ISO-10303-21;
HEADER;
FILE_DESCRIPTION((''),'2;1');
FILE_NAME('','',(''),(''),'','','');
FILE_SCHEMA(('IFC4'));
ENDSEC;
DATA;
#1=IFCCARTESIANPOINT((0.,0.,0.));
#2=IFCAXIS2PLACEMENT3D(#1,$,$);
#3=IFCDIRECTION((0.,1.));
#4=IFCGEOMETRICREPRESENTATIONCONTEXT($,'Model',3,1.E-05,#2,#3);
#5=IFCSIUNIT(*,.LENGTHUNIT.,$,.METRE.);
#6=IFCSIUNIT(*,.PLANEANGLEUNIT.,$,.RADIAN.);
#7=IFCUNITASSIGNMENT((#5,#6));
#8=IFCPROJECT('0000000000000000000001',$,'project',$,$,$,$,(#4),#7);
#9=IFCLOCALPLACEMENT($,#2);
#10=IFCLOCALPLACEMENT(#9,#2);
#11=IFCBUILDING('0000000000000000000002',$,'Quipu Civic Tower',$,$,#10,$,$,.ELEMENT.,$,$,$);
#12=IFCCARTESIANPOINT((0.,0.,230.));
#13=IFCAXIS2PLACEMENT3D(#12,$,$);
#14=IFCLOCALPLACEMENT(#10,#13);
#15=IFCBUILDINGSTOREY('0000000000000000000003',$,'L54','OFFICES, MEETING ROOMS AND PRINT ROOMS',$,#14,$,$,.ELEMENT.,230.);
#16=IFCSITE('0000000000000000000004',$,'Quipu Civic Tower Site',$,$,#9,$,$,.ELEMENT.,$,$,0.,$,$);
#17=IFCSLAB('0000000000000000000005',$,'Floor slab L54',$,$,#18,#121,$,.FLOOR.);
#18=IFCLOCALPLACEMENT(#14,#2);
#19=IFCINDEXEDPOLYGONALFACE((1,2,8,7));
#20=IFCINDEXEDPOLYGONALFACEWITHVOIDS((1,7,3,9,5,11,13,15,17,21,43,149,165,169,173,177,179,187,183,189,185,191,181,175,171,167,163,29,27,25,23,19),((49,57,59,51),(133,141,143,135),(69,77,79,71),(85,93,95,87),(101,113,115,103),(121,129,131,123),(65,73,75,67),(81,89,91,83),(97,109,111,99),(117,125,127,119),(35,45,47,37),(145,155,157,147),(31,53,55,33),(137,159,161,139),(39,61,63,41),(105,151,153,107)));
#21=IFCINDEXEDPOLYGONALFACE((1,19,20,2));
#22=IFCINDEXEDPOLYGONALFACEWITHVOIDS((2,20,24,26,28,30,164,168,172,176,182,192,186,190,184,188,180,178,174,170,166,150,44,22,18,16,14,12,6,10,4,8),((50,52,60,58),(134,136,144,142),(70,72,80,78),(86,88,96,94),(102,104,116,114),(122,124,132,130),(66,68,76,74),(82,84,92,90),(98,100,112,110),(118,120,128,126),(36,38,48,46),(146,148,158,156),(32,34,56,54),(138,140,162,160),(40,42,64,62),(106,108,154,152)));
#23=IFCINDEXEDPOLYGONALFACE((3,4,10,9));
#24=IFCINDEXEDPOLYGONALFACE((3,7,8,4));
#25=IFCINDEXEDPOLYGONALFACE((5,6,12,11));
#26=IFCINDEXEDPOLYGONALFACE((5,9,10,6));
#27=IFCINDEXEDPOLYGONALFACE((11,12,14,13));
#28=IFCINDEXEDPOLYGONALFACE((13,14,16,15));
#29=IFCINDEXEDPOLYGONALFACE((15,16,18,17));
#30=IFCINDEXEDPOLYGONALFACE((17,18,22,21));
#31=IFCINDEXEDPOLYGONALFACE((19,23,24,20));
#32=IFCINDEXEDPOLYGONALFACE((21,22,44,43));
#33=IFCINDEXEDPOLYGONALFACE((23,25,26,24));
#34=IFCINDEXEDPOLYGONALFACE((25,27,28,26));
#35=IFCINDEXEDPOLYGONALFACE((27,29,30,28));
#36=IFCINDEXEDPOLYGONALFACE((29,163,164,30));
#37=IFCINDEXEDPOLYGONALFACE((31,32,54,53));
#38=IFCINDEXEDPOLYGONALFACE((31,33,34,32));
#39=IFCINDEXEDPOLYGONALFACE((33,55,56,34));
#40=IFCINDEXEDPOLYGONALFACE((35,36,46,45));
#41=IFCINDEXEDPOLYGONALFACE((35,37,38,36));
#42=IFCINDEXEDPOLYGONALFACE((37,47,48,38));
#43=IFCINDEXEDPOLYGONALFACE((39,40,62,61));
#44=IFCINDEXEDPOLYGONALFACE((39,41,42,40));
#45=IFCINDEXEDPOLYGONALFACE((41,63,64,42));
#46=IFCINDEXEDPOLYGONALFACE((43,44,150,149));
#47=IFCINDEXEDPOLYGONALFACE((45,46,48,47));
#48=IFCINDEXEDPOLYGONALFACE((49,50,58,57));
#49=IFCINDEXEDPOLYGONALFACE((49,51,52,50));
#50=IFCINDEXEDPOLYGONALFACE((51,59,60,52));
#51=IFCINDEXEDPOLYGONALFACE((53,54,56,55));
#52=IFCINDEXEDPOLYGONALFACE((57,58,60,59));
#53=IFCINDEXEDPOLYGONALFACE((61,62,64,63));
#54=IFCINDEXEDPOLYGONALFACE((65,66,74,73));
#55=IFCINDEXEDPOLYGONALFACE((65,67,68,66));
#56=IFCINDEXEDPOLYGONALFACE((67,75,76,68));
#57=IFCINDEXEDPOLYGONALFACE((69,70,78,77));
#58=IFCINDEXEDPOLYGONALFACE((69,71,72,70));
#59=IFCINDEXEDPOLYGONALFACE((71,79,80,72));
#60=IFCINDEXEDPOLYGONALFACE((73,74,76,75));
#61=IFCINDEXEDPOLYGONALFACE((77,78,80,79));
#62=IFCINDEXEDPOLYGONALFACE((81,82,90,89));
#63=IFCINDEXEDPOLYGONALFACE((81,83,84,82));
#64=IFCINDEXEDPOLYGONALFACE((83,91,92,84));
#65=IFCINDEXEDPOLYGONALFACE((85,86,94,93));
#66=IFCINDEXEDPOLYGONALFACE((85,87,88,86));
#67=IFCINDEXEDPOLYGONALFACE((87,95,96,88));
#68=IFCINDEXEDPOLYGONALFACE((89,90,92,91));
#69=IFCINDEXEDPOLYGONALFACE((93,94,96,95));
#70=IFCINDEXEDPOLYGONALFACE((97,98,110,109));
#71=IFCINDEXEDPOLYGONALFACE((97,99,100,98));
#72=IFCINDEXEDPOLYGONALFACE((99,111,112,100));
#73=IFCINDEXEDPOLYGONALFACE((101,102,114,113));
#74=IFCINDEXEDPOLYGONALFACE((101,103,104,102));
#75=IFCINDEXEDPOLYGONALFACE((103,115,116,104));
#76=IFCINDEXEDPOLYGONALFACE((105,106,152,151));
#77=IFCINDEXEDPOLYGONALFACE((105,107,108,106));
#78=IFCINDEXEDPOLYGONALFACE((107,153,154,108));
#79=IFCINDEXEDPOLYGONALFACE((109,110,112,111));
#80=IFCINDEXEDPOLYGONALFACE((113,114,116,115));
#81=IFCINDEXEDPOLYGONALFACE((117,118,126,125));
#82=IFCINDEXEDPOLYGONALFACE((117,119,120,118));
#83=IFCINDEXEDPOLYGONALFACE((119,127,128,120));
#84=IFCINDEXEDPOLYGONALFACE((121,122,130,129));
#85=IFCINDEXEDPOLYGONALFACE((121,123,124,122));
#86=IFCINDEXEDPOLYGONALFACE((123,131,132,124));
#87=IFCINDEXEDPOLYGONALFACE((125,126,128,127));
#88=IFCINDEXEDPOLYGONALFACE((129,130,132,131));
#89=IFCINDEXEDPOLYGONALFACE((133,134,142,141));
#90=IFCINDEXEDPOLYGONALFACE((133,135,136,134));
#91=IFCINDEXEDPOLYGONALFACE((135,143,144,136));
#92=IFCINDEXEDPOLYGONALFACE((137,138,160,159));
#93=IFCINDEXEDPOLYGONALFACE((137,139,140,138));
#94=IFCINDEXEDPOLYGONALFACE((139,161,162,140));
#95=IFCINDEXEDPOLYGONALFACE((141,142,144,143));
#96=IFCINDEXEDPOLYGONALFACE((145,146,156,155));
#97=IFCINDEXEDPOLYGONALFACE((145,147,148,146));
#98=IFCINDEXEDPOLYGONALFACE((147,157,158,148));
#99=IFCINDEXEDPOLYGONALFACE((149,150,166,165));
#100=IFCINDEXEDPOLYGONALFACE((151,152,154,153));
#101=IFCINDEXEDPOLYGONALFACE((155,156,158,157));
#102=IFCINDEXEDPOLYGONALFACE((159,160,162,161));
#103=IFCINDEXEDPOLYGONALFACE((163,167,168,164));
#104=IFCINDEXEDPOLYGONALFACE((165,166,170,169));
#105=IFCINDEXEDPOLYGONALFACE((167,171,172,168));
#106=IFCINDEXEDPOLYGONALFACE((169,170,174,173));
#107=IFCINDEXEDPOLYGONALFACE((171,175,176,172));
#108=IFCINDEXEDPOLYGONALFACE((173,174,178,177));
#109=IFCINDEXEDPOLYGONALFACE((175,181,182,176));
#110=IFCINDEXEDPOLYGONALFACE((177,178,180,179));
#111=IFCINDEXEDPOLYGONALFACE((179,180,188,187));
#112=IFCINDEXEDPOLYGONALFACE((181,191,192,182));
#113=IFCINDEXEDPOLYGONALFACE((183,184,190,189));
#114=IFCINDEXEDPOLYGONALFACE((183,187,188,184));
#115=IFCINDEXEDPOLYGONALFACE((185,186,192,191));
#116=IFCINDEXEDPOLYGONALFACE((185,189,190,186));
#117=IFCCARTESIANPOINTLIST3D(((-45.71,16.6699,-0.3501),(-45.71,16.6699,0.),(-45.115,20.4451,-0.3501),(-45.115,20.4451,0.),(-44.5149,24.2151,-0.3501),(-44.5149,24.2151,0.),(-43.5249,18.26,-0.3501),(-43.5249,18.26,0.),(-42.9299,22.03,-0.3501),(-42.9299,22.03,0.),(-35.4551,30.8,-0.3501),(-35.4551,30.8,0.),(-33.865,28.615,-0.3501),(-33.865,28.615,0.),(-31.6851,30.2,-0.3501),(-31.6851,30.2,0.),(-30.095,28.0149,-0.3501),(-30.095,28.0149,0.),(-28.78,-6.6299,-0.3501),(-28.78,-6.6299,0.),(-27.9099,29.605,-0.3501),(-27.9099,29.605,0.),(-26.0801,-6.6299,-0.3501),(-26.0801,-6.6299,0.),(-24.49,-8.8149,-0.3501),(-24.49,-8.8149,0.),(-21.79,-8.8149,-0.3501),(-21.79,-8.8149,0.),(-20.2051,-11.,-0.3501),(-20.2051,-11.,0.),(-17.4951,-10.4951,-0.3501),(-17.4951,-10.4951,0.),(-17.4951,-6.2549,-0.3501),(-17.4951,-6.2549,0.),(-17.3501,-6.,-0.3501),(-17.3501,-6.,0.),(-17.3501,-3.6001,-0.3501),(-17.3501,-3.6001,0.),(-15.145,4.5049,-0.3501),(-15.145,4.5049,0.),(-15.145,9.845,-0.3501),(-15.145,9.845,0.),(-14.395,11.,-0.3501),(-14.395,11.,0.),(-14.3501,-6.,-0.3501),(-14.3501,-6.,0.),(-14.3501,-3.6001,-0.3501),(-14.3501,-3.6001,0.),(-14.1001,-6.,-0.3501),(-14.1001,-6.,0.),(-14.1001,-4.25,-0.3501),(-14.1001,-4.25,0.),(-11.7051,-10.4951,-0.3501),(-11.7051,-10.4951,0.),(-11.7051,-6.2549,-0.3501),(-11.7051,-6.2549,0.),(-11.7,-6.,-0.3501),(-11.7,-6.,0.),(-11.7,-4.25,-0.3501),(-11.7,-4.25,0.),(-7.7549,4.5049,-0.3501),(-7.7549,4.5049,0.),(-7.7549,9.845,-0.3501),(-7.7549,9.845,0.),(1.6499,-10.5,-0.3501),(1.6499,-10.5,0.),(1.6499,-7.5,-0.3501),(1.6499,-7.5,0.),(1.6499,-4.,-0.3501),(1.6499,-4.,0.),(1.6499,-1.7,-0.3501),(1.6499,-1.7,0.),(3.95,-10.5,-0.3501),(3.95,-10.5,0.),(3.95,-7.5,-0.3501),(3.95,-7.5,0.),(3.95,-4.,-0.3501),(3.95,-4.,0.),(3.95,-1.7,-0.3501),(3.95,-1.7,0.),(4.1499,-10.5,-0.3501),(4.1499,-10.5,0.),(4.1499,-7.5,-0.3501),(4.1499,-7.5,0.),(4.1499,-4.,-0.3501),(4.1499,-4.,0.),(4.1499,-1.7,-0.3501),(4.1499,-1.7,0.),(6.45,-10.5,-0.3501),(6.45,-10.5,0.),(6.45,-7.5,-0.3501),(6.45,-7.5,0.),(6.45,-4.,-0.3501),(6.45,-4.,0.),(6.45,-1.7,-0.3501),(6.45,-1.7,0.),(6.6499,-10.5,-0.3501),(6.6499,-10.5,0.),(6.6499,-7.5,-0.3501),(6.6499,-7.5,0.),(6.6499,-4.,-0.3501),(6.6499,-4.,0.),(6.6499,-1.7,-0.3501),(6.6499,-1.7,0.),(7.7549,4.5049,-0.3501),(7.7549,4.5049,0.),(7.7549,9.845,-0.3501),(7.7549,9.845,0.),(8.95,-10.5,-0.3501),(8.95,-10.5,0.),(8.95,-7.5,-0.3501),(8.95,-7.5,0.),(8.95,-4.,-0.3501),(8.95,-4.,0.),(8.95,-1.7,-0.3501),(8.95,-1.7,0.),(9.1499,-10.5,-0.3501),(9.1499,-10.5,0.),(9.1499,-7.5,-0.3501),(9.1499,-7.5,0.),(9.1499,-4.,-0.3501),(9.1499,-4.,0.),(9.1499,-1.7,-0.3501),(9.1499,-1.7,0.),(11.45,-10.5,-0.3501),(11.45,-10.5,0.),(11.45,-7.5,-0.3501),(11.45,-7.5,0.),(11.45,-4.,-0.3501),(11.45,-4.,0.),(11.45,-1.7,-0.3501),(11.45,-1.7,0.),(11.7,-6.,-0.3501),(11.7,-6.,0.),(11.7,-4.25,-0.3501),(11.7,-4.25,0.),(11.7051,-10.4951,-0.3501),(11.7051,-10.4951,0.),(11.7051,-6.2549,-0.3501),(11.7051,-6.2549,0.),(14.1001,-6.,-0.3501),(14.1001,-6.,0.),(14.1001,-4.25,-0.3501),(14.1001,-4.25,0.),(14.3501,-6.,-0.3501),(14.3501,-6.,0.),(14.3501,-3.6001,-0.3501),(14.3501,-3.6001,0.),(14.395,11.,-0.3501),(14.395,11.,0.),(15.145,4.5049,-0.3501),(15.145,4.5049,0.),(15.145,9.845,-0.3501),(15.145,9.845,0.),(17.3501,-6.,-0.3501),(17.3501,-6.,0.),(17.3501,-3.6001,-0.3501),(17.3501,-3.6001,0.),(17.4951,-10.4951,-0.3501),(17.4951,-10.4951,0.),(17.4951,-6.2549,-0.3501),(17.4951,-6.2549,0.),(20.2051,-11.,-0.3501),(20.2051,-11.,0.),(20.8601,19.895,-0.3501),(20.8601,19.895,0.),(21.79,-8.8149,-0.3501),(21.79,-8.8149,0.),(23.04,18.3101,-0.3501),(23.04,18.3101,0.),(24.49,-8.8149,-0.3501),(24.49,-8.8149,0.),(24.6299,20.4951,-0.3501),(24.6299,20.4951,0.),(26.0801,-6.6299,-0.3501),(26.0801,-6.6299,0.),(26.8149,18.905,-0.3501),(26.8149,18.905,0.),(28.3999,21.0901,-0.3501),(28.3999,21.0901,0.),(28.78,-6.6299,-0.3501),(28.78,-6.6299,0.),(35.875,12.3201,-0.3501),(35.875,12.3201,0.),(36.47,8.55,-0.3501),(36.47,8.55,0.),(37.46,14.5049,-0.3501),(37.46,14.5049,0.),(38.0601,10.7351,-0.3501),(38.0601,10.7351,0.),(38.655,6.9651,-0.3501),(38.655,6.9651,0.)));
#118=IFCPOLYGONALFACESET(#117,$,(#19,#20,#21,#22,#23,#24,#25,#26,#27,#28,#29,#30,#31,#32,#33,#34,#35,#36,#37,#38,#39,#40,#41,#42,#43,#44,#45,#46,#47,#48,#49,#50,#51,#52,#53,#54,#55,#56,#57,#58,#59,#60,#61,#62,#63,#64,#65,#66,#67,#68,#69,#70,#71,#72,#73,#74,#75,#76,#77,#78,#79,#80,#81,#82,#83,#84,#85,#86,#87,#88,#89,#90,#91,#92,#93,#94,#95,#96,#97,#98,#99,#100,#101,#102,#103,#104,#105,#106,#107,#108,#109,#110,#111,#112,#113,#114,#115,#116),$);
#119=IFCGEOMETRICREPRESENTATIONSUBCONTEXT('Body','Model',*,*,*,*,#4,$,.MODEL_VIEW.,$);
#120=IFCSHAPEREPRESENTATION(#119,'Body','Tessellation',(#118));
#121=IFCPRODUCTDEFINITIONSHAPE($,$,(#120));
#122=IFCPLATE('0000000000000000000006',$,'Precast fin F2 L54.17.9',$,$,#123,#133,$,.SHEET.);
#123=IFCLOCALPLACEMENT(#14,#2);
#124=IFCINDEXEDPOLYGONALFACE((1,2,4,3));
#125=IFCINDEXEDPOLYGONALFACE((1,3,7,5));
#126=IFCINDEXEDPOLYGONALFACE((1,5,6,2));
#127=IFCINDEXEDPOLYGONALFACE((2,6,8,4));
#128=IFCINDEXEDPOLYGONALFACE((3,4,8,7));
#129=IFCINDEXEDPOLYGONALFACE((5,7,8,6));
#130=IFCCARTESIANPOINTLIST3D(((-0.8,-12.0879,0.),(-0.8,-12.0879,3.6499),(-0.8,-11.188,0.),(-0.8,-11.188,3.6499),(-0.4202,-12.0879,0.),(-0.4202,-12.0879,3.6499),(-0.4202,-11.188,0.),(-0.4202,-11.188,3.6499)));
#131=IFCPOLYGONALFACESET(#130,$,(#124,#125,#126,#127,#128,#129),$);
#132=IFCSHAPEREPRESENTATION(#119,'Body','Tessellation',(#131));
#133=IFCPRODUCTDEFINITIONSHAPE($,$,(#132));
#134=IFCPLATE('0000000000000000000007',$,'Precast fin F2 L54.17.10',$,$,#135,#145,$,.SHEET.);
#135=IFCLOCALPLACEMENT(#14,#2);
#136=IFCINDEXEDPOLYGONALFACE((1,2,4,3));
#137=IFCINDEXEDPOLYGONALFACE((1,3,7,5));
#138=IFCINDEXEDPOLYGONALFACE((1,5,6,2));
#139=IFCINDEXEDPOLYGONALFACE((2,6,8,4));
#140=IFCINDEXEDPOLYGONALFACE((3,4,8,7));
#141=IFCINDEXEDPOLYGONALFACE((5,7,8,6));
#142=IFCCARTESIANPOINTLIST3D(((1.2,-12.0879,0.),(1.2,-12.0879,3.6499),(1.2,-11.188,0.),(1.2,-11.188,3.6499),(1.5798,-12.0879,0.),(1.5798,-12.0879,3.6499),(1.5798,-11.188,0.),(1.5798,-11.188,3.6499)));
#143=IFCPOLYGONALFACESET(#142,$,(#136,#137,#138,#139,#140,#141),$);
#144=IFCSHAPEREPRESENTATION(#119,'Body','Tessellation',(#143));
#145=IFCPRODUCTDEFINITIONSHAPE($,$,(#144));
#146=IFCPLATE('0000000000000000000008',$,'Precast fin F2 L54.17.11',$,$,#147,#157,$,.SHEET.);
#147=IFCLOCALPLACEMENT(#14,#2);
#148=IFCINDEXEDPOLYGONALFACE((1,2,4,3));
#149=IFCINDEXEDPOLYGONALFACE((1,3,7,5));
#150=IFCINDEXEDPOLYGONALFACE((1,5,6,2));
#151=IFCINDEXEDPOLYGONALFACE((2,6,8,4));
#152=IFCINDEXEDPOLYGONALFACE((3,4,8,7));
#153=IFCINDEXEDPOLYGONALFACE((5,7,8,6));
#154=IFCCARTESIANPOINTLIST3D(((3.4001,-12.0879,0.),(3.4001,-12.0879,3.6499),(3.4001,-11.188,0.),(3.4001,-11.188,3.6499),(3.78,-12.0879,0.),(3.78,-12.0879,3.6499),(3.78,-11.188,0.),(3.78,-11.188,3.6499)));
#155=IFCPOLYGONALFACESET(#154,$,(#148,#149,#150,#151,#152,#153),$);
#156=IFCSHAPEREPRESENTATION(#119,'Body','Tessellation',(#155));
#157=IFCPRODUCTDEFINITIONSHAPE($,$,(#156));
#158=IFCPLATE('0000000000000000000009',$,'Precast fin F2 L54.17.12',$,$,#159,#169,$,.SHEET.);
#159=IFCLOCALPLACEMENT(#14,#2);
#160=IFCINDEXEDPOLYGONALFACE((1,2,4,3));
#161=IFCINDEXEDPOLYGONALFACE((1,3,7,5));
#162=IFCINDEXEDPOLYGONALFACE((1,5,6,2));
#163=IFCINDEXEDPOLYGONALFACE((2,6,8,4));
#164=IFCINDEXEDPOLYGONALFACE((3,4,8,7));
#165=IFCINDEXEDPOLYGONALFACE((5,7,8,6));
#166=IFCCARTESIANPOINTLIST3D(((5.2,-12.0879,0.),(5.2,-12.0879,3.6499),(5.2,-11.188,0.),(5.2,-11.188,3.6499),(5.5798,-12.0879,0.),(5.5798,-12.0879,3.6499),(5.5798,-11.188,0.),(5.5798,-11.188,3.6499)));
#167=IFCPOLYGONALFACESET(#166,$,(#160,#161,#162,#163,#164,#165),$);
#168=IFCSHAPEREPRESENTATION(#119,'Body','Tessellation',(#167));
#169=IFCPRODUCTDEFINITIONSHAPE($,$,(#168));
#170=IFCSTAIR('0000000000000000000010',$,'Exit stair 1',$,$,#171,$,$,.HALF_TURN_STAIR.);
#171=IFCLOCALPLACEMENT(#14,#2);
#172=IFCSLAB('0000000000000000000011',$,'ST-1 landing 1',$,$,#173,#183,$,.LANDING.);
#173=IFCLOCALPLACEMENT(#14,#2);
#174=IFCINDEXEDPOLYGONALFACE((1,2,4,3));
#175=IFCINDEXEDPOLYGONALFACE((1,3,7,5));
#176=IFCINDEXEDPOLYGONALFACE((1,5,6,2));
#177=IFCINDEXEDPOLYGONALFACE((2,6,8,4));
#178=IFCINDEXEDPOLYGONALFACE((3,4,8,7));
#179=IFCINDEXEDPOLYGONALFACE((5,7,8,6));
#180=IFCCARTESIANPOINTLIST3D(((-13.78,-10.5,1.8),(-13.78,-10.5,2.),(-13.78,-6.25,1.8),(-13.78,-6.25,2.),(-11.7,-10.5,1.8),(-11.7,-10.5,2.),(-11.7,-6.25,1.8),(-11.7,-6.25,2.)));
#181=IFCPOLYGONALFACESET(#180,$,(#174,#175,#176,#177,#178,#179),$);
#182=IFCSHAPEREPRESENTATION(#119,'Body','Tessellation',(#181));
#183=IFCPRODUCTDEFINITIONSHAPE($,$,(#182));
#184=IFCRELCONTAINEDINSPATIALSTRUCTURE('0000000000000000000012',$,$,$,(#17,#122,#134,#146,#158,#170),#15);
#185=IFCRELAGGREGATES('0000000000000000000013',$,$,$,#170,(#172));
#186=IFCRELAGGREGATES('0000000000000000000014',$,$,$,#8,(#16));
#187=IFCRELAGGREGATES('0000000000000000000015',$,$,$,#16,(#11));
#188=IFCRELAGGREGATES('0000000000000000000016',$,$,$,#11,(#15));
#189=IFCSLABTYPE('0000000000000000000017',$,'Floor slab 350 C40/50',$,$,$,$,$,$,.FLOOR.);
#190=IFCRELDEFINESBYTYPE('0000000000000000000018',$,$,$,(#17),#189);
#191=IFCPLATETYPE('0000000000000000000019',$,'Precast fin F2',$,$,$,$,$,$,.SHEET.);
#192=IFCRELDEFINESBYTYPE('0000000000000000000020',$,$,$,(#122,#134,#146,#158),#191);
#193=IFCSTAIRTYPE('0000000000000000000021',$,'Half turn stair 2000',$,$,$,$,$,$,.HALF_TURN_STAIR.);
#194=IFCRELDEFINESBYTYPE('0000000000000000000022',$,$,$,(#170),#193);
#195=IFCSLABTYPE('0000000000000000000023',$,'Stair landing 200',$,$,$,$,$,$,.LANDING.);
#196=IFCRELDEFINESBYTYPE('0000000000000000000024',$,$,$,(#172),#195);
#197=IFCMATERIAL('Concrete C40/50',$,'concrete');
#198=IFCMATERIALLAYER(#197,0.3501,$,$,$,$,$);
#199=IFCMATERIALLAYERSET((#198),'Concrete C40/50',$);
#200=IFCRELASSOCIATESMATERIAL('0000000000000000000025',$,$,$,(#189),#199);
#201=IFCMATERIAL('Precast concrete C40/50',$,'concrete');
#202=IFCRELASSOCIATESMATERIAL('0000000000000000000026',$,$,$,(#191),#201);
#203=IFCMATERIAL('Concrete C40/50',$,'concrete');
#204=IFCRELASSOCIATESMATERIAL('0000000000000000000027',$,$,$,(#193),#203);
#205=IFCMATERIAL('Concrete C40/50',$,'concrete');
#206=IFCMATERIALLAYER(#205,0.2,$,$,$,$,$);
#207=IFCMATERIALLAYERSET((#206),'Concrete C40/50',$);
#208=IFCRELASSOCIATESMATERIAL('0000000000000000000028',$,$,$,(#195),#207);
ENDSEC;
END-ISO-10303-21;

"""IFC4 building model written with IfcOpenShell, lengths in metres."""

from ifc_helpers import new_model, si_unit, direction, frame, origin, origin_2d, place, context, subcontext, project, spatial, polyline, rectangle, outline, extrude, material, layer, layer_set, type_object, element, aggregate, save


model = new_model("IFC4")

# Units and contexts
model_context = context("Model", 3, precision=1e-05, world=origin(), true_north=direction((0.0, 1.0)))
body_context = subcontext(model_context, "Body", "Model", "MODEL_VIEW")
ifc_project = project(units=[si_unit("LENGTHUNIT", "METRE"), si_unit("PLANEANGLEUNIT", "RADIAN")], contexts=[model_context])

# Site, building, storey
site_placement = place(None, origin())
site = spatial("IfcSite", under=ifc_project, at=site_placement, Name="Quipu Civic Tower Site", CompositionType="ELEMENT", RefElevation=0.0)
building_placement = place(site_placement, origin())
building = spatial("IfcBuilding", under=site, at=building_placement, Name="Quipu Civic Tower", CompositionType="ELEMENT")
storey_placement = place(building_placement, frame((0.0, 0.0, 230.0)))
storey = spatial("IfcBuildingStorey", under=building, at=storey_placement, Name="L54", Description="OFFICES, MEETING ROOMS AND PRINT ROOMS", CompositionType="ELEMENT", Elevation=230.0)

# Slab
ifc_material_1 = material(Name="Concrete C40/50", Category="concrete")
ifc_layer_1 = layer(ifc_material_1, 0.3501)
ifc_layer_set_1 = layer_set([ifc_layer_1], Name="Concrete C40/50")
slab_type_1 = type_object("IfcSlabType", Name="Floor slab 350 C40/50", PredefinedType="FLOOR", material=ifc_layer_set_1)
slab_1_placement = place(storey_placement, frame((0.0, 0.0, -0.3501)))
element("IfcSlab", 1, at=slab_1_placement, inside=storey, type_object=slab_type_1, Name="Floor slab L54", PredefinedType="FLOOR", context=body_context, shape_type="SweptSolid", body=[
    extrude(outline(polyline([(20.8601, 19.895), (23.04, 18.3101), (24.6299, 20.4951), (26.8149, 18.905), (28.3999, 21.0901), (37.46, 14.5049), (35.875, 12.3201), (38.0601, 10.7351), (36.47, 8.55), (38.655, 6.9651), (28.78, -6.6299), (26.0801, -6.6299), (24.49, -8.8149), (21.79, -8.8149), (20.2051, -11.0), (-20.2051, -11.0), (-21.79, -8.8149), (-24.49, -8.8149), (-26.0801, -6.6299), (-28.78, -6.6299), (-45.71, 16.6699), (-43.5249, 18.26), (-45.115, 20.4451), (-42.9299, 22.03), (-44.5149, 24.2151), (-35.4551, 30.8), (-33.865, 28.615), (-31.6851, 30.2), (-30.095, 28.0149), (-27.9099, 29.605), (-14.395, 11.0), (14.395, 11.0), (20.8601, 19.895)]), holes=[polyline([(1.6499, -7.5), (1.6499, -10.5), (3.95, -10.5), (3.95, -7.5), (1.6499, -7.5)]), polyline([(4.1499, -7.5), (4.1499, -10.5), (6.45, -10.5), (6.45, -7.5), (4.1499, -7.5)]), polyline([(-11.7051, -6.2549), (-17.4951, -6.2549), (-17.4951, -10.4951), (-11.7051, -10.4951), (-11.7051, -6.2549)]), polyline([(-14.1001, -4.25), (-14.1001, -6.0), (-11.7, -6.0), (-11.7, -4.25), (-14.1001, -4.25)]), polyline([(-17.3501, -3.6001), (-17.3501, -6.0), (-14.3501, -6.0), (-14.3501, -3.6001), (-17.3501, -3.6001)]), polyline([(1.6499, -1.7), (1.6499, -4.0), (3.95, -4.0), (3.95, -1.7), (1.6499, -1.7)]), polyline([(4.1499, -1.7), (4.1499, -4.0), (6.45, -4.0), (6.45, -1.7), (4.1499, -1.7)]), polyline([(-7.7549, 9.845), (-15.145, 9.845), (-15.145, 4.5049), (-7.7549, 4.5049), (-7.7549, 9.845)]), polyline([(6.6499, -7.5), (6.6499, -10.5), (8.95, -10.5), (8.95, -7.5), (6.6499, -7.5)]), polyline([(9.1499, -7.5), (9.1499, -10.5), (11.45, -10.5), (11.45, -7.5), (9.1499, -7.5)]), polyline([(11.7051, -10.4951), (17.4951, -10.4951), (17.4951, -6.2549), (11.7051, -6.2549), (11.7051, -10.4951)]), polyline([(11.7, -4.25), (11.7, -6.0), (14.1001, -6.0), (14.1001, -4.25), (11.7, -4.25)]), polyline([(14.3501, -3.6001), (14.3501, -6.0), (17.3501, -6.0), (17.3501, -3.6001), (14.3501, -3.6001)]), polyline([(6.6499, -1.7), (6.6499, -4.0), (8.95, -4.0), (8.95, -1.7), (6.6499, -1.7)]), polyline([(9.1499, -1.7), (9.1499, -4.0), (11.45, -4.0), (11.45, -1.7), (9.1499, -1.7)]), polyline([(7.7549, 4.5049), (15.145, 4.5049), (15.145, 9.845), (7.7549, 9.845), (7.7549, 4.5049)])]), origin(), (0.0, 0.0, 1.0), 0.3501),
])

# Plates
ifc_material_2 = material(Name="Precast concrete C40/50", Category="concrete")
plate_type = type_object("IfcPlateType", Name="Precast fin F2", PredefinedType="SHEET", material=ifc_material_2)
for number, where, z_axis, x_axis, name in (
    (2, (-0.6101, -11.6379, 0.0), (0.0, 0.0, 1.0), (1.0, 0.0, 0.0), "Precast fin F2 L54.17.9"),
    (3, (1.3899, -11.6379, 0.0), (0.0, 0.0, 1.0), (1.0, 0.0, 0.0), "Precast fin F2 L54.17.10"),
    (4, (3.5901, -11.6379, 0.0), (0.0, 0.0, 1.0), (1.0, 0.0, 0.0), "Precast fin F2 L54.17.11"),
    (5, (5.3899, -11.6379, 0.0), (0.0, 0.0, 1.0), (1.0, 0.0, 0.0), "Precast fin F2 L54.17.12"),
):
    element("IfcPlate", number, at=place(storey_placement, frame(where, z_axis=z_axis, x_axis=x_axis)), inside=storey, type_object=plate_type, Name=name, PredefinedType="SHEET", context=body_context, shape_type="SweptSolid", body=[
        extrude(rectangle(XDim=0.3799, YDim=0.8999, at=origin_2d()), origin(), (0.0, 0.0, 1.0), 3.6499),
    ])

# Stair, slab
ifc_material_3 = material(Name="Concrete C40/50", Category="concrete")
stair_type_1 = type_object("IfcStairType", Name="Half turn stair 2000", PredefinedType="HALF_TURN_STAIR", material=ifc_material_3)
stair_1_placement = place(storey_placement, origin())
stair_1 = element("IfcStair", 6, at=stair_1_placement, inside=storey, type_object=stair_type_1, Name="Exit stair 1", PredefinedType="HALF_TURN_STAIR")
ifc_material_4 = material(Name="Concrete C40/50", Category="concrete")
ifc_layer_2 = layer(ifc_material_4, 0.2)
ifc_layer_set_2 = layer_set([ifc_layer_2], Name="Concrete C40/50")
slab_type_2 = type_object("IfcSlabType", Name="Stair landing 200", PredefinedType="LANDING", material=ifc_layer_set_2)
slab_2_placement = place(storey_placement, frame((0.0, 0.0, 1.8)))
slab_2 = element("IfcSlab", 7, at=slab_2_placement, type_object=slab_type_2, Name="ST-1 landing 1", PredefinedType="LANDING", context=body_context, shape_type="SweptSolid", body=[
    extrude(outline(polyline([(-13.78, -10.5), (-11.7, -10.5), (-11.7, -6.25), (-13.78, -6.25), (-13.78, -10.5)])), origin(), (0.0, 0.0, 1.0), 0.2),
])
aggregate(stair_1, [slab_2])

save(model, "model.ifc")
